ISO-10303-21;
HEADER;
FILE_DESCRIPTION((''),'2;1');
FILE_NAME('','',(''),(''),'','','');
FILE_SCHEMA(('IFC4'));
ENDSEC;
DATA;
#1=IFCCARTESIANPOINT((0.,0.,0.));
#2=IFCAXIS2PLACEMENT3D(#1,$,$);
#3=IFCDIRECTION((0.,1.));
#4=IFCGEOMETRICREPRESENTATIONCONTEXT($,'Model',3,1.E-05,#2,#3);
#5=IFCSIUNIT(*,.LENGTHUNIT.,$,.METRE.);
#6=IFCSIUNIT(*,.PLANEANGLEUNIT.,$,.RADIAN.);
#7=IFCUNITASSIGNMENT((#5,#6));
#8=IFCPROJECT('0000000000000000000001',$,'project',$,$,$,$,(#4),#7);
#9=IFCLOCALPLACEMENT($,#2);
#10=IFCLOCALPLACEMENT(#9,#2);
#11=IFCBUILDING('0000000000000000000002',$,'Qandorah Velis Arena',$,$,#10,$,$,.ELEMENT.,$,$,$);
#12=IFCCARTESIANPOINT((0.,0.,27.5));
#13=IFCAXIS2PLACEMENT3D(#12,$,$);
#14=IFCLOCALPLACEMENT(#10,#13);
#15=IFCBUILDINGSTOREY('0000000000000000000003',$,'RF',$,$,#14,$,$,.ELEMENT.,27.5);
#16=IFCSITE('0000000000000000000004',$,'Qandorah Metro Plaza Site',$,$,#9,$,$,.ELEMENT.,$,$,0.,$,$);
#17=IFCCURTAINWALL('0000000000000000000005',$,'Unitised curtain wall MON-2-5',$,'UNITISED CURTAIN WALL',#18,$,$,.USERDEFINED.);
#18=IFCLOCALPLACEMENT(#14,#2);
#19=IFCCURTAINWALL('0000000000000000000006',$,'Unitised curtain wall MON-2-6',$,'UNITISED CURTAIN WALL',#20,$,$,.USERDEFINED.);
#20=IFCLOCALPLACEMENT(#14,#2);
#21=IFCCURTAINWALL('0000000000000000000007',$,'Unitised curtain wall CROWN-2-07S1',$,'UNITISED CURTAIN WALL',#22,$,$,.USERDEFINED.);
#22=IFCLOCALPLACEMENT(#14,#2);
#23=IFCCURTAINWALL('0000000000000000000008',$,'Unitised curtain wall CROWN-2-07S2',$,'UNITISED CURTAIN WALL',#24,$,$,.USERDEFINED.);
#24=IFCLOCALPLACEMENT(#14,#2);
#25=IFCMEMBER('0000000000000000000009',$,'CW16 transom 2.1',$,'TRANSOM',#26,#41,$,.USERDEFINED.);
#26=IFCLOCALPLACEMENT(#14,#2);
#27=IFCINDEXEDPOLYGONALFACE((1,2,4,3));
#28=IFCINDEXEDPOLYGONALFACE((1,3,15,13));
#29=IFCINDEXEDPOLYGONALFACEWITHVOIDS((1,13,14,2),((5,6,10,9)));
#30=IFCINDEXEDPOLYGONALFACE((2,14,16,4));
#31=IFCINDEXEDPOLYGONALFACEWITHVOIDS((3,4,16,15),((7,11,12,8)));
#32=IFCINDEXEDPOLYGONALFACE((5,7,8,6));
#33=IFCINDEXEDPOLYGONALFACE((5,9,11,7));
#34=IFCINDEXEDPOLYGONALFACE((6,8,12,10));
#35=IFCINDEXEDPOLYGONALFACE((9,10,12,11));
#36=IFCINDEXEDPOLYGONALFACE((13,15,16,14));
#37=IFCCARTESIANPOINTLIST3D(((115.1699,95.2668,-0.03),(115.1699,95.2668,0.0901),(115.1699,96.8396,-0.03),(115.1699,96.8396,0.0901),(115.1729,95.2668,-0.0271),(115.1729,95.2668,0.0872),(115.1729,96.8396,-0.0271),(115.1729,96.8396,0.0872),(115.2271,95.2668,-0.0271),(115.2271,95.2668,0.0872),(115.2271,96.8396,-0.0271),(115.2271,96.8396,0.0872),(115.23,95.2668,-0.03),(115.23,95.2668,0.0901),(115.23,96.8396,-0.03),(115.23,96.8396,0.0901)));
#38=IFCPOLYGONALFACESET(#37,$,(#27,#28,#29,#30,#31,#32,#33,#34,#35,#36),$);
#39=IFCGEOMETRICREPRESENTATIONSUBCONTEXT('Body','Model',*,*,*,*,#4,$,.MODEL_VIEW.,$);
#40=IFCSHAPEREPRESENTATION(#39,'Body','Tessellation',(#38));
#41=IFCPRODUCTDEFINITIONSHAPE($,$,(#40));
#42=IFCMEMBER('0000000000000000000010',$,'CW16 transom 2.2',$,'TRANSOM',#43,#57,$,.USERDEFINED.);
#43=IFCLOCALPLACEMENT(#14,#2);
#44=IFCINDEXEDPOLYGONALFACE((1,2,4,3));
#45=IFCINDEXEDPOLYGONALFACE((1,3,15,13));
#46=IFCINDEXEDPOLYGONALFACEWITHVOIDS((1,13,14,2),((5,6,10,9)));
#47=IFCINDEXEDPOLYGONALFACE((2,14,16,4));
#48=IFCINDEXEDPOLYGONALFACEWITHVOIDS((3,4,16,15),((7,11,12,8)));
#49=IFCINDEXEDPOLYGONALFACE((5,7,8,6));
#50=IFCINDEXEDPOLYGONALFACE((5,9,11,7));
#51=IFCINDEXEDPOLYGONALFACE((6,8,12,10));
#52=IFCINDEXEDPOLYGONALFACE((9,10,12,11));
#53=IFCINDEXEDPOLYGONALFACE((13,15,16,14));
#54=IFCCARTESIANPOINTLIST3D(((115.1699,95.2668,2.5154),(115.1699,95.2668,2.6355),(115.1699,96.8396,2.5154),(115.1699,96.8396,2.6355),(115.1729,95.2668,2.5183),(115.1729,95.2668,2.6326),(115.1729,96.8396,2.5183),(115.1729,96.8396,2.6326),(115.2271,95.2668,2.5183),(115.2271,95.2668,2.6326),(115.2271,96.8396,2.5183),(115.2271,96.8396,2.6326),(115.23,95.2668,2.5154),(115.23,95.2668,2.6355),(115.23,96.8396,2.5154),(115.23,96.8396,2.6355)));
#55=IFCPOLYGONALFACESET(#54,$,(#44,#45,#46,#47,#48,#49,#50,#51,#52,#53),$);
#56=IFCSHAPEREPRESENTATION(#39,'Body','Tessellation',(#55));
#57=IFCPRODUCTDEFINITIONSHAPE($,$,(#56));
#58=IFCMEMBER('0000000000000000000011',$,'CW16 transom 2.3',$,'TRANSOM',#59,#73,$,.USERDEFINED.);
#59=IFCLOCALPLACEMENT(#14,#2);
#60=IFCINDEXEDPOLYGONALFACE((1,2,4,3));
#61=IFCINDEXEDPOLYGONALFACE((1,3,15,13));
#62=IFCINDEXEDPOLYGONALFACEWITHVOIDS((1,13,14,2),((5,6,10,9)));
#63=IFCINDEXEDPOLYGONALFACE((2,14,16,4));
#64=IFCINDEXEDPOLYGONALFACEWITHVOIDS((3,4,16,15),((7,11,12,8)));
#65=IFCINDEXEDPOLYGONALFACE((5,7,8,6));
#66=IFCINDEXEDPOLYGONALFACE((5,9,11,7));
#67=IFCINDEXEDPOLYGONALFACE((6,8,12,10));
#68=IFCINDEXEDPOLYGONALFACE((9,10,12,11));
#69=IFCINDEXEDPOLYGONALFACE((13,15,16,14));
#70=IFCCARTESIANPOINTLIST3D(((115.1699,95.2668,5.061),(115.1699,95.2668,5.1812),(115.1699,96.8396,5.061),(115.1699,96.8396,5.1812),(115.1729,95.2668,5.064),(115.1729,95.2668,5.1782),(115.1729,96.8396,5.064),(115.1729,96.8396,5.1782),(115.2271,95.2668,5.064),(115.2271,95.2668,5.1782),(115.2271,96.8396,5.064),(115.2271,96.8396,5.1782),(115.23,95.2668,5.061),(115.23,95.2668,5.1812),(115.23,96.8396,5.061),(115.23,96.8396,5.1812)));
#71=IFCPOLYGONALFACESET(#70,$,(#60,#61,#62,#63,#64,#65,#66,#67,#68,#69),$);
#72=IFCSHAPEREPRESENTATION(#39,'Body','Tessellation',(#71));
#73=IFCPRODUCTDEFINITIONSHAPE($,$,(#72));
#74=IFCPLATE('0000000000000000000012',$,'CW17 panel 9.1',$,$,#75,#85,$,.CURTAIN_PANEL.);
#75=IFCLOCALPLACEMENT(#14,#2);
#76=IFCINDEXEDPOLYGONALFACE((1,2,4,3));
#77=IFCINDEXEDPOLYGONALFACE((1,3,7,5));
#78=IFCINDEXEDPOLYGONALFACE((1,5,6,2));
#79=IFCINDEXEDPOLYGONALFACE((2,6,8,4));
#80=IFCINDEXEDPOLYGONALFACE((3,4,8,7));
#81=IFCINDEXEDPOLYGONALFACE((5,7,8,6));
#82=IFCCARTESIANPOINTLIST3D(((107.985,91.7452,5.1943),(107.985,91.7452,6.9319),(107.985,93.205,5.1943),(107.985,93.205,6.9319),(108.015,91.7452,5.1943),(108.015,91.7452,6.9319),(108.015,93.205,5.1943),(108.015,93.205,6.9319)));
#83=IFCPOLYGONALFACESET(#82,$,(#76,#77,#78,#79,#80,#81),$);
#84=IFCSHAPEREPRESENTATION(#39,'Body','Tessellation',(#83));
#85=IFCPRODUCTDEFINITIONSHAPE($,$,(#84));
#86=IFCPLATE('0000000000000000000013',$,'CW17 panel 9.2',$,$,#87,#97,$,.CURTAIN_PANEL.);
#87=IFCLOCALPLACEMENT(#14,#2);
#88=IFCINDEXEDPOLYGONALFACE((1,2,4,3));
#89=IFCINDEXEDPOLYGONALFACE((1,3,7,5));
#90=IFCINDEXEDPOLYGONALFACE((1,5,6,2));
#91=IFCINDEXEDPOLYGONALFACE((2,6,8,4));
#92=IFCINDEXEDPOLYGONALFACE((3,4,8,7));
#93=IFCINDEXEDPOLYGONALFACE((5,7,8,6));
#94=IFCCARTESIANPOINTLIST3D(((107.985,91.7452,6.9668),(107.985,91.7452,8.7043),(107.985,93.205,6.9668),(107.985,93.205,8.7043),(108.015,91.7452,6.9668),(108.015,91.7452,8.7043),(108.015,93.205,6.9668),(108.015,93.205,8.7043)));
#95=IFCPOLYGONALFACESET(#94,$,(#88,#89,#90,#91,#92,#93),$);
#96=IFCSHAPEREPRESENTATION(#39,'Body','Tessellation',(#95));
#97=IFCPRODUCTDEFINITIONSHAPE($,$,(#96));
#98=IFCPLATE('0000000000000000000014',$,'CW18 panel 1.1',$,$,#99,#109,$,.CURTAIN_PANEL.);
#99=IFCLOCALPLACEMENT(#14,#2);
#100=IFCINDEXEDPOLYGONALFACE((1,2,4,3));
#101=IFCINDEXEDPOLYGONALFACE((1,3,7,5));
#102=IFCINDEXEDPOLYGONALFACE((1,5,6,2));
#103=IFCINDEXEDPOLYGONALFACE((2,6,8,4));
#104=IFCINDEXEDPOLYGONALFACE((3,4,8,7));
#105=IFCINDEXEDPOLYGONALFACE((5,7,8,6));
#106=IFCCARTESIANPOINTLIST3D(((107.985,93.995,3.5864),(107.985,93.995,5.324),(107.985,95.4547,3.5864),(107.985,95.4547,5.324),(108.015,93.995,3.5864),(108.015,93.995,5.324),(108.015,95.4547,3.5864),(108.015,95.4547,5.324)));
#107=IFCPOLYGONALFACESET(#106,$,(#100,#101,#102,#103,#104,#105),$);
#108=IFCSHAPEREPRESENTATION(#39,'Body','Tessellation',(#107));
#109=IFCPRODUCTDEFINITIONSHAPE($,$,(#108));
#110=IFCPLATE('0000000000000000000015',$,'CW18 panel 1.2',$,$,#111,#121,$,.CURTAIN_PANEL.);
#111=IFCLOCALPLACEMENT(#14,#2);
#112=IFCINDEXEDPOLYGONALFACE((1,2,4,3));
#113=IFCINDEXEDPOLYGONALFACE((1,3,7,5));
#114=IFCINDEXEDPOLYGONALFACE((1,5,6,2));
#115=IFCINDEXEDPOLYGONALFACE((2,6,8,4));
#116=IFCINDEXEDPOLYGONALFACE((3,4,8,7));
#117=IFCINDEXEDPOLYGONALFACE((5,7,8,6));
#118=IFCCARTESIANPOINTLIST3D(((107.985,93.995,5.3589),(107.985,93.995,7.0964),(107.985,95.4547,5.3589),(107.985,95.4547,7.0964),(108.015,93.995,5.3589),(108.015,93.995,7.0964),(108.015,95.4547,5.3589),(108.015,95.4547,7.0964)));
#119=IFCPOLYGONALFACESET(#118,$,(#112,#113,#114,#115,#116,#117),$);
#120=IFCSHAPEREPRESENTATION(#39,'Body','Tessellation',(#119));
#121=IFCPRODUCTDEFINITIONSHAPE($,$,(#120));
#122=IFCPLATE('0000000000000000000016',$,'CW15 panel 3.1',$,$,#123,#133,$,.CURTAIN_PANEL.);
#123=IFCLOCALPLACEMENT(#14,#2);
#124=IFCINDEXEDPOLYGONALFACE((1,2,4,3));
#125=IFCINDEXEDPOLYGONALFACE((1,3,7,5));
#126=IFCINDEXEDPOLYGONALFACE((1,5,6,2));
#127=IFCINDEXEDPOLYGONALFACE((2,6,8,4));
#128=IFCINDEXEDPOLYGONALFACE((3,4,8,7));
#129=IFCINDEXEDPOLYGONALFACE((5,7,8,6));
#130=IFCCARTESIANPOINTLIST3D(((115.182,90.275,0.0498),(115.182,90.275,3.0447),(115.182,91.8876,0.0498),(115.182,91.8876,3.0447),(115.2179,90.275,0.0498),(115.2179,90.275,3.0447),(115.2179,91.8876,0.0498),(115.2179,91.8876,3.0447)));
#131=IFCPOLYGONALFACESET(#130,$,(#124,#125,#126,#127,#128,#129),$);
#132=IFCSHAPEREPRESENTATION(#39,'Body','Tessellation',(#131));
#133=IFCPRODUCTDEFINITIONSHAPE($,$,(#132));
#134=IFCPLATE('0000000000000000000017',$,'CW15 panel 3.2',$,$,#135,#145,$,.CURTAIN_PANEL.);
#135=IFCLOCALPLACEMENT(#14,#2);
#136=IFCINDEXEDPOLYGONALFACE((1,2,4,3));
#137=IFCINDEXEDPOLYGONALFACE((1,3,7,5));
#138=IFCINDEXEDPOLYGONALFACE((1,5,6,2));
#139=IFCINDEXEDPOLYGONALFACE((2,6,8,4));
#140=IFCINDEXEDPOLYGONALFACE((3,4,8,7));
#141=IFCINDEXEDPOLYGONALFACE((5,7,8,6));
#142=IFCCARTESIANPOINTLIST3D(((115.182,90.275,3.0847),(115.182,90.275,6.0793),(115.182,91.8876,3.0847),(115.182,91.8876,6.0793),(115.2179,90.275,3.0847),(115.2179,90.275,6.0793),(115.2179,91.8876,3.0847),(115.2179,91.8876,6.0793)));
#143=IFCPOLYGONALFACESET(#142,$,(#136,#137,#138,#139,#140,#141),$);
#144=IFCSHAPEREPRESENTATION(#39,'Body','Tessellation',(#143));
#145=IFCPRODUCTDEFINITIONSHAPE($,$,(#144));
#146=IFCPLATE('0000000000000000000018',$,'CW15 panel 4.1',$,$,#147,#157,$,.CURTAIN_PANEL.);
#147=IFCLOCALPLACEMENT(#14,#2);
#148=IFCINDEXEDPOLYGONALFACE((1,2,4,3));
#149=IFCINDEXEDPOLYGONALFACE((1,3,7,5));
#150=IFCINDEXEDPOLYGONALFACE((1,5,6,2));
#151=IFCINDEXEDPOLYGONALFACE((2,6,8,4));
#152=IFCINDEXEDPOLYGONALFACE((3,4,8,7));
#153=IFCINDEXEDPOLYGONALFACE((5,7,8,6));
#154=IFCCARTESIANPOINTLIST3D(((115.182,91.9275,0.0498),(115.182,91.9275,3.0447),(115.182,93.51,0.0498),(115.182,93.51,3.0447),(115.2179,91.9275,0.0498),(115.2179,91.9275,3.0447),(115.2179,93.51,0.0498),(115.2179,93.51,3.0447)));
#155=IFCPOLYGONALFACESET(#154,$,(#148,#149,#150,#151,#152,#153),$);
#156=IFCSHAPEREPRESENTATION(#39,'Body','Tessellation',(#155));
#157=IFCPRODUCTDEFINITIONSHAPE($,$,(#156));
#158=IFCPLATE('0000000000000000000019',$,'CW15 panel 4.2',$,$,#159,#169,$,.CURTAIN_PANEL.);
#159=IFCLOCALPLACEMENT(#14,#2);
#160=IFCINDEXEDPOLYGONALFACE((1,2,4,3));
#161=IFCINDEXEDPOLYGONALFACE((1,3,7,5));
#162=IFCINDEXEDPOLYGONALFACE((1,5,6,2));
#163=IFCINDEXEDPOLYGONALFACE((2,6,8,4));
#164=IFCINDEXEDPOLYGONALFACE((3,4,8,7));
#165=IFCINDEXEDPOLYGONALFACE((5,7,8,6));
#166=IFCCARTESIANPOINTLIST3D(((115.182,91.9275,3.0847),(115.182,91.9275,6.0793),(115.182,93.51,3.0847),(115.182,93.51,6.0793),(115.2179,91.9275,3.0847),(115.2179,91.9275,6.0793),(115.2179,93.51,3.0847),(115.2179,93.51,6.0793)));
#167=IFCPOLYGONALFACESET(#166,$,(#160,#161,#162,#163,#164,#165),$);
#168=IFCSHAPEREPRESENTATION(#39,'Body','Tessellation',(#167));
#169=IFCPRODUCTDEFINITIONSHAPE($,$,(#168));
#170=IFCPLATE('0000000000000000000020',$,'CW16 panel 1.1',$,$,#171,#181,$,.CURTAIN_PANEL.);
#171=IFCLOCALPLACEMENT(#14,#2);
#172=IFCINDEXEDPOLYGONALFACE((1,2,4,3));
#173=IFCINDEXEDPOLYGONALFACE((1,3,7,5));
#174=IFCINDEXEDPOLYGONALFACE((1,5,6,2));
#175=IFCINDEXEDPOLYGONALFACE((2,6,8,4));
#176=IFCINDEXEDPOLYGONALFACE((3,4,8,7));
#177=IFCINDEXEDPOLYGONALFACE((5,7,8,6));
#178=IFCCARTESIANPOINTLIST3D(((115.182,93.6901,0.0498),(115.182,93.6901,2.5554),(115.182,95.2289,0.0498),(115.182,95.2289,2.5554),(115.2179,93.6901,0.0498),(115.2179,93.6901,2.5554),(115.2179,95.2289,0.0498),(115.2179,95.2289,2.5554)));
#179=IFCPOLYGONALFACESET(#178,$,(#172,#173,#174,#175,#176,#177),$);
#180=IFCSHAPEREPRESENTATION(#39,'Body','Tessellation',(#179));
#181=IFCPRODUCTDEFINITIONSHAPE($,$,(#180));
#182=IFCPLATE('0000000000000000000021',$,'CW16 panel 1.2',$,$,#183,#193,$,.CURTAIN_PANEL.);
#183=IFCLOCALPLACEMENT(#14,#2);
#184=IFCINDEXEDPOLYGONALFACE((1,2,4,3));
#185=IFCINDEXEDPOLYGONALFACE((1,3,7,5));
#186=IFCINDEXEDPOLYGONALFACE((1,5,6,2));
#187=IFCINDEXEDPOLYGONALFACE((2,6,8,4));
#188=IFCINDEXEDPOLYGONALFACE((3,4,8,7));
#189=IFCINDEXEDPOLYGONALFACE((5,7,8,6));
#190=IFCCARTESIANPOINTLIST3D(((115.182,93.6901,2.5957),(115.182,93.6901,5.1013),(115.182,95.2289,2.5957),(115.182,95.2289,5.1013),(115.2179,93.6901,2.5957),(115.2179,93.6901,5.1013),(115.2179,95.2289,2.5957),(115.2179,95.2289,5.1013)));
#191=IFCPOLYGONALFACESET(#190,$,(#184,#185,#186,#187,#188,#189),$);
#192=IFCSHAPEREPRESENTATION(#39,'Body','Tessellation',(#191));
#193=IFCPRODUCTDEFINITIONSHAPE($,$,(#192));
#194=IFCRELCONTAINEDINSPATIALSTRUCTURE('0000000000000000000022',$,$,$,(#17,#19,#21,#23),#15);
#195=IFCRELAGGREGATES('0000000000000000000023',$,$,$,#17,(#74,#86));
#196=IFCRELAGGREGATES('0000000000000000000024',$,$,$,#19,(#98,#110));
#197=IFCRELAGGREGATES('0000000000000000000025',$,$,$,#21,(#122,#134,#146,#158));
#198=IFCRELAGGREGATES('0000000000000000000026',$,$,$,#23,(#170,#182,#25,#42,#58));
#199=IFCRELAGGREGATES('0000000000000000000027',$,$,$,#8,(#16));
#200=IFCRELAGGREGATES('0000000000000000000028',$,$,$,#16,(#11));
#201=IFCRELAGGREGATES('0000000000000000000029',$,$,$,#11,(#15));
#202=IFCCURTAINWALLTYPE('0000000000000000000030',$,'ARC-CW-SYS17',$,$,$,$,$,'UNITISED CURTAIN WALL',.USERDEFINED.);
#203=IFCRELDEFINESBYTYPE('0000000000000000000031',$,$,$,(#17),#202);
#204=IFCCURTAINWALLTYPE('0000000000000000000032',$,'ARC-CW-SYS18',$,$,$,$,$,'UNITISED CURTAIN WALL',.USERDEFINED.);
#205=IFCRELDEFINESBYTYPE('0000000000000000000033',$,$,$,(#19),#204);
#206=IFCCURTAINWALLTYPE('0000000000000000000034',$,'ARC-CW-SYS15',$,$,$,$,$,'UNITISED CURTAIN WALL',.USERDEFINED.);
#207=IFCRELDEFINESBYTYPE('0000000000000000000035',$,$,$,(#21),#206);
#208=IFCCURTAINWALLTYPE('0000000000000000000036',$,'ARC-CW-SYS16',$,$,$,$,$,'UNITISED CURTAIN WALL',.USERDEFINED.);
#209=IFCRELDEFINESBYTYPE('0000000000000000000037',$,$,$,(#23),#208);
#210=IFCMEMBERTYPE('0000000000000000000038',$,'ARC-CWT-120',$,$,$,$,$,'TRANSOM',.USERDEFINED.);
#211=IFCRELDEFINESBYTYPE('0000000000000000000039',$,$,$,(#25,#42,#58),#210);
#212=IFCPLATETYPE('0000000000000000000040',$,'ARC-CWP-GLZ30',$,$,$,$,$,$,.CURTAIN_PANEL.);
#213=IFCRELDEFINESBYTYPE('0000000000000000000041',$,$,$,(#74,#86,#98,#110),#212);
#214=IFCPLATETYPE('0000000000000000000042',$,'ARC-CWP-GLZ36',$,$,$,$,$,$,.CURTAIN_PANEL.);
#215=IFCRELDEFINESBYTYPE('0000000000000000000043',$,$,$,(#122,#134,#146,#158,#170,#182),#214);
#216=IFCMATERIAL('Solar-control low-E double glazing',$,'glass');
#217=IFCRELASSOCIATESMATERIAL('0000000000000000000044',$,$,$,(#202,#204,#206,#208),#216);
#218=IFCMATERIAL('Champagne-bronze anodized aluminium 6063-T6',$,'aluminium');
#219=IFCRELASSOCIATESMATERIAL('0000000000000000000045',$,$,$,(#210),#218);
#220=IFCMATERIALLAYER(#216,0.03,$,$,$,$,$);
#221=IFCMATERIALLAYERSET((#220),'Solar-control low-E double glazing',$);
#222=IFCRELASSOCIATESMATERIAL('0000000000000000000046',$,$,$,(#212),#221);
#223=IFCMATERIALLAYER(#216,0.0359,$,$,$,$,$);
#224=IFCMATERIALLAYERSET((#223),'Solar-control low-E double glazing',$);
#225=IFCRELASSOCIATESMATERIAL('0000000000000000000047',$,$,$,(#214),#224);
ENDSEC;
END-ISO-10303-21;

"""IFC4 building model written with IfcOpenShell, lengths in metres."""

from ifc_helpers import new_model, si_unit, direction, frame, origin, origin_2d, place, context, subcontext, project, spatial, rectangle, hollow_rectangle, extrude, material, layer, layer_set, material_profile, profile_set, type_object, element, aggregate, save


model = new_model("IFC4")

# Units and contexts
model_context = context("Model", 3, precision=1e-05, world=origin(), true_north=direction((0.0, 1.0)))
body_context = subcontext(model_context, "Body", "Model", "MODEL_VIEW")
ifc_project = project(units=[si_unit("LENGTHUNIT", "METRE"), si_unit("PLANEANGLEUNIT", "RADIAN")], contexts=[model_context])

# Site, building, storey
site_placement = place(None, origin())
site = spatial("IfcSite", under=ifc_project, at=site_placement, Name="Qandorah Metro Plaza Site", CompositionType="ELEMENT", RefElevation=0.0)
building_placement = place(site_placement, origin())
building = spatial("IfcBuilding", under=site, at=building_placement, Name="Qandorah Velis Arena", CompositionType="ELEMENT")
storey_placement = place(building_placement, frame((0.0, 0.0, 27.5)))
storey = spatial("IfcBuildingStorey", under=building, at=storey_placement, Name="RF", CompositionType="ELEMENT", Elevation=27.5)

# Curtain walls
ifc_material_1 = material(Name="Solar-control low-E double glazing", Category="glass")
curtain_wall_type_1 = type_object("IfcCurtainWallType", Name="ARC-CW-SYS17", ElementType="UNITISED CURTAIN WALL", PredefinedType="USERDEFINED", material=ifc_material_1)
curtain_wall_1_placement = place(storey_placement, origin())
curtain_wall_1 = element("IfcCurtainWall", 1, at=curtain_wall_1_placement, inside=storey, type_object=curtain_wall_type_1, Name="Unitised curtain wall MON-2-5", ObjectType="UNITISED CURTAIN WALL", PredefinedType="USERDEFINED")
ifc_material_2 = material(Name="Champagne-bronze anodized aluminium 6063-T6", Category="aluminium")
curtain_wall_type_2 = type_object("IfcCurtainWallType", Name="ARC-CW-SYS18", ElementType="UNITISED CURTAIN WALL", PredefinedType="USERDEFINED", material=ifc_material_1)
curtain_wall_2_placement = place(storey_placement, origin())
curtain_wall_2 = element("IfcCurtainWall", 2, at=curtain_wall_2_placement, inside=storey, type_object=curtain_wall_type_2, Name="Unitised curtain wall MON-2-6", ObjectType="UNITISED CURTAIN WALL", PredefinedType="USERDEFINED")
curtain_wall_type_3 = type_object("IfcCurtainWallType", Name="ARC-CW-SYS15", ElementType="UNITISED CURTAIN WALL", PredefinedType="USERDEFINED", material=ifc_material_1)
curtain_wall_3_placement = place(storey_placement, origin())
curtain_wall_3 = element("IfcCurtainWall", 3, at=curtain_wall_3_placement, inside=storey, type_object=curtain_wall_type_3, Name="Unitised curtain wall CROWN-2-07S1", ObjectType="UNITISED CURTAIN WALL", PredefinedType="USERDEFINED")
curtain_wall_type_4 = type_object("IfcCurtainWallType", Name="ARC-CW-SYS16", ElementType="UNITISED CURTAIN WALL", PredefinedType="USERDEFINED", material=ifc_material_1)
curtain_wall_4_placement = place(storey_placement, origin())
curtain_wall_4 = element("IfcCurtainWall", 4, at=curtain_wall_4_placement, inside=storey, type_object=curtain_wall_type_4, Name="Unitised curtain wall CROWN-2-07S2", ObjectType="UNITISED CURTAIN WALL", PredefinedType="USERDEFINED")

# Members
ifc_material_profile_1 = material_profile(ifc_material_2, hollow_rectangle(XDim=0.0601, YDim=0.1201, WallThickness=0.0029, at=origin_2d()), Name="ALU TRANSOM 60x120")
ifc_profile_set_1 = profile_set([ifc_material_profile_1], Name="Champagne-bronze anodized aluminium 6063-T6")
member_type_1 = type_object("IfcMemberType", Name="ARC-CWT-120", ElementType="TRANSOM", PredefinedType="USERDEFINED", material=ifc_profile_set_1)
member_1_placement = place(storey_placement, frame((115.2, 95.2668, 0.03), z_axis=(0.0, 1.0, 0.0), x_axis=(-1.0, 0.0, 0.0)))
member_1 = element("IfcMember", 5, at=member_1_placement, type_object=member_type_1, Name="CW16 transom 2.1", ObjectType="TRANSOM", PredefinedType="USERDEFINED", context=body_context, shape_type="SweptSolid", body=[
    extrude(hollow_rectangle(XDim=0.0601, YDim=0.1201, WallThickness=0.0029, at=origin_2d()), origin(), (0.0, 0.0, 1.0), 1.5728),
])
member_2_placement = place(storey_placement, frame((115.2, 95.2668, 2.5754), z_axis=(0.0, 1.0, 0.0), x_axis=(-1.0, 0.0, 0.0)))
member_2 = element("IfcMember", 6, at=member_2_placement, type_object=member_type_1, Name="CW16 transom 2.2", ObjectType="TRANSOM", PredefinedType="USERDEFINED", context=body_context, shape_type="SweptSolid", body=[
    extrude(hollow_rectangle(XDim=0.0601, YDim=0.1201, WallThickness=0.0029, at=origin_2d()), origin(), (0.0, 0.0, 1.0), 1.5728),
])
member_3_placement = place(storey_placement, frame((115.2, 95.2668, 5.1211), z_axis=(0.0, 1.0, 0.0), x_axis=(-1.0, 0.0, 0.0)))
member_3 = element("IfcMember", 7, at=member_3_placement, type_object=member_type_1, Name="CW16 transom 2.3", ObjectType="TRANSOM", PredefinedType="USERDEFINED", context=body_context, shape_type="SweptSolid", body=[
    extrude(hollow_rectangle(XDim=0.0601, YDim=0.1201, WallThickness=0.0029, at=origin_2d()), origin(), (0.0, 0.0, 1.0), 1.5728),
])

# Plates
ifc_layer_1 = layer(ifc_material_1, 0.03)
ifc_layer_set_1 = layer_set([ifc_layer_1], Name="Solar-control low-E double glazing")
plate_type_1 = type_object("IfcPlateType", Name="ARC-CWP-GLZ30", PredefinedType="CURTAIN_PANEL", material=ifc_layer_set_1)
plate_1_placement = place(storey_placement, frame((108.0, 92.4751, 5.1943), z_axis=(0.0, 0.0, 1.0), x_axis=(0.0, 1.0, 0.0)))
plate_1 = element("IfcPlate", 8, at=plate_1_placement, type_object=plate_type_1, Name="CW17 panel 9.1", PredefinedType="CURTAIN_PANEL", context=body_context, shape_type="SweptSolid", body=[
    extrude(rectangle(XDim=1.4597, YDim=0.03, at=origin_2d()), origin(), (0.0, 0.0, 1.0), 1.7375),
])
plate_2_placement = place(storey_placement, frame((108.0, 92.4751, 6.9668), z_axis=(0.0, 0.0, 1.0), x_axis=(0.0, 1.0, 0.0)))
plate_2 = element("IfcPlate", 9, at=plate_2_placement, type_object=plate_type_1, Name="CW17 panel 9.2", PredefinedType="CURTAIN_PANEL", context=body_context, shape_type="SweptSolid", body=[
    extrude(rectangle(XDim=1.4597, YDim=0.03, at=origin_2d()), origin(), (0.0, 0.0, 1.0), 1.7375),
])
aggregate(curtain_wall_1, [plate_1, plate_2])
plate_3_placement = place(storey_placement, frame((108.0, 94.7249, 3.5864), z_axis=(0.0, 0.0, 1.0), x_axis=(0.0, 1.0, 0.0)))
plate_3 = element("IfcPlate", 10, at=plate_3_placement, type_object=plate_type_1, Name="CW18 panel 1.1", PredefinedType="CURTAIN_PANEL", context=body_context, shape_type="SweptSolid", body=[
    extrude(rectangle(XDim=1.4597, YDim=0.03, at=origin_2d()), origin(), (0.0, 0.0, 1.0), 1.7375),
])
plate_4_placement = place(storey_placement, frame((108.0, 94.7249, 5.3589), z_axis=(0.0, 0.0, 1.0), x_axis=(0.0, 1.0, 0.0)))
plate_4 = element("IfcPlate", 11, at=plate_4_placement, type_object=plate_type_1, Name="CW18 panel 1.2", PredefinedType="CURTAIN_PANEL", context=body_context, shape_type="SweptSolid", body=[
    extrude(rectangle(XDim=1.4597, YDim=0.03, at=origin_2d()), origin(), (0.0, 0.0, 1.0), 1.7375),
])
aggregate(curtain_wall_2, [plate_3, plate_4])
ifc_layer_2 = layer(ifc_material_1, 0.0359)
ifc_layer_set_2 = layer_set([ifc_layer_2], Name="Solar-control low-E double glazing")
plate_type_2 = type_object("IfcPlateType", Name="ARC-CWP-GLZ36", PredefinedType="CURTAIN_PANEL", material=ifc_layer_set_2)
plate_5_placement = place(storey_placement, frame((115.2, 91.0813, 0.0498), z_axis=(0.0, 0.0, 1.0), x_axis=(0.0, 1.0, 0.0)))
plate_5 = element("IfcPlate", 12, at=plate_5_placement, type_object=plate_type_2, Name="CW15 panel 3.1", PredefinedType="CURTAIN_PANEL", context=body_context, shape_type="SweptSolid", body=[
    extrude(rectangle(XDim=1.6125, YDim=0.0359, at=origin_2d()), origin(), (0.0, 0.0, 1.0), 2.9949),
])
plate_6_placement = place(storey_placement, frame((115.2, 91.0813, 3.0847), z_axis=(0.0, 0.0, 1.0), x_axis=(0.0, 1.0, 0.0)))
plate_6 = element("IfcPlate", 13, at=plate_6_placement, type_object=plate_type_2, Name="CW15 panel 3.2", PredefinedType="CURTAIN_PANEL", context=body_context, shape_type="SweptSolid", body=[
    extrude(rectangle(XDim=1.6125, YDim=0.0359, at=origin_2d()), origin(), (0.0, 0.0, 1.0), 2.9946),
])
plate_7_placement = place(storey_placement, frame((115.2, 92.7188, 0.0498), z_axis=(0.0, 0.0, 1.0), x_axis=(0.0, 1.0, 0.0)))
plate_7 = element("IfcPlate", 14, at=plate_7_placement, type_object=plate_type_2, Name="CW15 panel 4.1", PredefinedType="CURTAIN_PANEL", context=body_context, shape_type="SweptSolid", body=[
    extrude(rectangle(XDim=1.5825, YDim=0.0359, at=origin_2d()), origin(), (0.0, 0.0, 1.0), 2.9949),
])
plate_8_placement = place(storey_placement, frame((115.2, 92.7188, 3.0847), z_axis=(0.0, 0.0, 1.0), x_axis=(0.0, 1.0, 0.0)))
plate_8 = element("IfcPlate", 15, at=plate_8_placement, type_object=plate_type_2, Name="CW15 panel 4.2", PredefinedType="CURTAIN_PANEL", context=body_context, shape_type="SweptSolid", body=[
    extrude(rectangle(XDim=1.5825, YDim=0.0359, at=origin_2d()), origin(), (0.0, 0.0, 1.0), 2.9946),
])
aggregate(curtain_wall_3, [plate_5, plate_6, plate_7, plate_8])
plate_9_placement = place(storey_placement, frame((115.2, 94.4595, 0.0498), z_axis=(0.0, 0.0, 1.0), x_axis=(0.0, 1.0, 0.0)))
plate_9 = element("IfcPlate", 16, at=plate_9_placement, type_object=plate_type_2, Name="CW16 panel 1.1", PredefinedType="CURTAIN_PANEL", context=body_context, shape_type="SweptSolid", body=[
    extrude(rectangle(XDim=1.5388, YDim=0.0359, at=origin_2d()), origin(), (0.0, 0.0, 1.0), 2.5056),
])
plate_10_placement = place(storey_placement, frame((115.2, 94.4595, 2.5957), z_axis=(0.0, 0.0, 1.0), x_axis=(0.0, 1.0, 0.0)))
plate_10 = element("IfcPlate", 17, at=plate_10_placement, type_object=plate_type_2, Name="CW16 panel 1.2", PredefinedType="CURTAIN_PANEL", context=body_context, shape_type="SweptSolid", body=[
    extrude(rectangle(XDim=1.5388, YDim=0.0359, at=origin_2d()), origin(), (0.0, 0.0, 1.0), 2.5056),
])
aggregate(curtain_wall_4, [plate_9, plate_10, member_1, member_2, member_3])

save(model, "model.ifc")
